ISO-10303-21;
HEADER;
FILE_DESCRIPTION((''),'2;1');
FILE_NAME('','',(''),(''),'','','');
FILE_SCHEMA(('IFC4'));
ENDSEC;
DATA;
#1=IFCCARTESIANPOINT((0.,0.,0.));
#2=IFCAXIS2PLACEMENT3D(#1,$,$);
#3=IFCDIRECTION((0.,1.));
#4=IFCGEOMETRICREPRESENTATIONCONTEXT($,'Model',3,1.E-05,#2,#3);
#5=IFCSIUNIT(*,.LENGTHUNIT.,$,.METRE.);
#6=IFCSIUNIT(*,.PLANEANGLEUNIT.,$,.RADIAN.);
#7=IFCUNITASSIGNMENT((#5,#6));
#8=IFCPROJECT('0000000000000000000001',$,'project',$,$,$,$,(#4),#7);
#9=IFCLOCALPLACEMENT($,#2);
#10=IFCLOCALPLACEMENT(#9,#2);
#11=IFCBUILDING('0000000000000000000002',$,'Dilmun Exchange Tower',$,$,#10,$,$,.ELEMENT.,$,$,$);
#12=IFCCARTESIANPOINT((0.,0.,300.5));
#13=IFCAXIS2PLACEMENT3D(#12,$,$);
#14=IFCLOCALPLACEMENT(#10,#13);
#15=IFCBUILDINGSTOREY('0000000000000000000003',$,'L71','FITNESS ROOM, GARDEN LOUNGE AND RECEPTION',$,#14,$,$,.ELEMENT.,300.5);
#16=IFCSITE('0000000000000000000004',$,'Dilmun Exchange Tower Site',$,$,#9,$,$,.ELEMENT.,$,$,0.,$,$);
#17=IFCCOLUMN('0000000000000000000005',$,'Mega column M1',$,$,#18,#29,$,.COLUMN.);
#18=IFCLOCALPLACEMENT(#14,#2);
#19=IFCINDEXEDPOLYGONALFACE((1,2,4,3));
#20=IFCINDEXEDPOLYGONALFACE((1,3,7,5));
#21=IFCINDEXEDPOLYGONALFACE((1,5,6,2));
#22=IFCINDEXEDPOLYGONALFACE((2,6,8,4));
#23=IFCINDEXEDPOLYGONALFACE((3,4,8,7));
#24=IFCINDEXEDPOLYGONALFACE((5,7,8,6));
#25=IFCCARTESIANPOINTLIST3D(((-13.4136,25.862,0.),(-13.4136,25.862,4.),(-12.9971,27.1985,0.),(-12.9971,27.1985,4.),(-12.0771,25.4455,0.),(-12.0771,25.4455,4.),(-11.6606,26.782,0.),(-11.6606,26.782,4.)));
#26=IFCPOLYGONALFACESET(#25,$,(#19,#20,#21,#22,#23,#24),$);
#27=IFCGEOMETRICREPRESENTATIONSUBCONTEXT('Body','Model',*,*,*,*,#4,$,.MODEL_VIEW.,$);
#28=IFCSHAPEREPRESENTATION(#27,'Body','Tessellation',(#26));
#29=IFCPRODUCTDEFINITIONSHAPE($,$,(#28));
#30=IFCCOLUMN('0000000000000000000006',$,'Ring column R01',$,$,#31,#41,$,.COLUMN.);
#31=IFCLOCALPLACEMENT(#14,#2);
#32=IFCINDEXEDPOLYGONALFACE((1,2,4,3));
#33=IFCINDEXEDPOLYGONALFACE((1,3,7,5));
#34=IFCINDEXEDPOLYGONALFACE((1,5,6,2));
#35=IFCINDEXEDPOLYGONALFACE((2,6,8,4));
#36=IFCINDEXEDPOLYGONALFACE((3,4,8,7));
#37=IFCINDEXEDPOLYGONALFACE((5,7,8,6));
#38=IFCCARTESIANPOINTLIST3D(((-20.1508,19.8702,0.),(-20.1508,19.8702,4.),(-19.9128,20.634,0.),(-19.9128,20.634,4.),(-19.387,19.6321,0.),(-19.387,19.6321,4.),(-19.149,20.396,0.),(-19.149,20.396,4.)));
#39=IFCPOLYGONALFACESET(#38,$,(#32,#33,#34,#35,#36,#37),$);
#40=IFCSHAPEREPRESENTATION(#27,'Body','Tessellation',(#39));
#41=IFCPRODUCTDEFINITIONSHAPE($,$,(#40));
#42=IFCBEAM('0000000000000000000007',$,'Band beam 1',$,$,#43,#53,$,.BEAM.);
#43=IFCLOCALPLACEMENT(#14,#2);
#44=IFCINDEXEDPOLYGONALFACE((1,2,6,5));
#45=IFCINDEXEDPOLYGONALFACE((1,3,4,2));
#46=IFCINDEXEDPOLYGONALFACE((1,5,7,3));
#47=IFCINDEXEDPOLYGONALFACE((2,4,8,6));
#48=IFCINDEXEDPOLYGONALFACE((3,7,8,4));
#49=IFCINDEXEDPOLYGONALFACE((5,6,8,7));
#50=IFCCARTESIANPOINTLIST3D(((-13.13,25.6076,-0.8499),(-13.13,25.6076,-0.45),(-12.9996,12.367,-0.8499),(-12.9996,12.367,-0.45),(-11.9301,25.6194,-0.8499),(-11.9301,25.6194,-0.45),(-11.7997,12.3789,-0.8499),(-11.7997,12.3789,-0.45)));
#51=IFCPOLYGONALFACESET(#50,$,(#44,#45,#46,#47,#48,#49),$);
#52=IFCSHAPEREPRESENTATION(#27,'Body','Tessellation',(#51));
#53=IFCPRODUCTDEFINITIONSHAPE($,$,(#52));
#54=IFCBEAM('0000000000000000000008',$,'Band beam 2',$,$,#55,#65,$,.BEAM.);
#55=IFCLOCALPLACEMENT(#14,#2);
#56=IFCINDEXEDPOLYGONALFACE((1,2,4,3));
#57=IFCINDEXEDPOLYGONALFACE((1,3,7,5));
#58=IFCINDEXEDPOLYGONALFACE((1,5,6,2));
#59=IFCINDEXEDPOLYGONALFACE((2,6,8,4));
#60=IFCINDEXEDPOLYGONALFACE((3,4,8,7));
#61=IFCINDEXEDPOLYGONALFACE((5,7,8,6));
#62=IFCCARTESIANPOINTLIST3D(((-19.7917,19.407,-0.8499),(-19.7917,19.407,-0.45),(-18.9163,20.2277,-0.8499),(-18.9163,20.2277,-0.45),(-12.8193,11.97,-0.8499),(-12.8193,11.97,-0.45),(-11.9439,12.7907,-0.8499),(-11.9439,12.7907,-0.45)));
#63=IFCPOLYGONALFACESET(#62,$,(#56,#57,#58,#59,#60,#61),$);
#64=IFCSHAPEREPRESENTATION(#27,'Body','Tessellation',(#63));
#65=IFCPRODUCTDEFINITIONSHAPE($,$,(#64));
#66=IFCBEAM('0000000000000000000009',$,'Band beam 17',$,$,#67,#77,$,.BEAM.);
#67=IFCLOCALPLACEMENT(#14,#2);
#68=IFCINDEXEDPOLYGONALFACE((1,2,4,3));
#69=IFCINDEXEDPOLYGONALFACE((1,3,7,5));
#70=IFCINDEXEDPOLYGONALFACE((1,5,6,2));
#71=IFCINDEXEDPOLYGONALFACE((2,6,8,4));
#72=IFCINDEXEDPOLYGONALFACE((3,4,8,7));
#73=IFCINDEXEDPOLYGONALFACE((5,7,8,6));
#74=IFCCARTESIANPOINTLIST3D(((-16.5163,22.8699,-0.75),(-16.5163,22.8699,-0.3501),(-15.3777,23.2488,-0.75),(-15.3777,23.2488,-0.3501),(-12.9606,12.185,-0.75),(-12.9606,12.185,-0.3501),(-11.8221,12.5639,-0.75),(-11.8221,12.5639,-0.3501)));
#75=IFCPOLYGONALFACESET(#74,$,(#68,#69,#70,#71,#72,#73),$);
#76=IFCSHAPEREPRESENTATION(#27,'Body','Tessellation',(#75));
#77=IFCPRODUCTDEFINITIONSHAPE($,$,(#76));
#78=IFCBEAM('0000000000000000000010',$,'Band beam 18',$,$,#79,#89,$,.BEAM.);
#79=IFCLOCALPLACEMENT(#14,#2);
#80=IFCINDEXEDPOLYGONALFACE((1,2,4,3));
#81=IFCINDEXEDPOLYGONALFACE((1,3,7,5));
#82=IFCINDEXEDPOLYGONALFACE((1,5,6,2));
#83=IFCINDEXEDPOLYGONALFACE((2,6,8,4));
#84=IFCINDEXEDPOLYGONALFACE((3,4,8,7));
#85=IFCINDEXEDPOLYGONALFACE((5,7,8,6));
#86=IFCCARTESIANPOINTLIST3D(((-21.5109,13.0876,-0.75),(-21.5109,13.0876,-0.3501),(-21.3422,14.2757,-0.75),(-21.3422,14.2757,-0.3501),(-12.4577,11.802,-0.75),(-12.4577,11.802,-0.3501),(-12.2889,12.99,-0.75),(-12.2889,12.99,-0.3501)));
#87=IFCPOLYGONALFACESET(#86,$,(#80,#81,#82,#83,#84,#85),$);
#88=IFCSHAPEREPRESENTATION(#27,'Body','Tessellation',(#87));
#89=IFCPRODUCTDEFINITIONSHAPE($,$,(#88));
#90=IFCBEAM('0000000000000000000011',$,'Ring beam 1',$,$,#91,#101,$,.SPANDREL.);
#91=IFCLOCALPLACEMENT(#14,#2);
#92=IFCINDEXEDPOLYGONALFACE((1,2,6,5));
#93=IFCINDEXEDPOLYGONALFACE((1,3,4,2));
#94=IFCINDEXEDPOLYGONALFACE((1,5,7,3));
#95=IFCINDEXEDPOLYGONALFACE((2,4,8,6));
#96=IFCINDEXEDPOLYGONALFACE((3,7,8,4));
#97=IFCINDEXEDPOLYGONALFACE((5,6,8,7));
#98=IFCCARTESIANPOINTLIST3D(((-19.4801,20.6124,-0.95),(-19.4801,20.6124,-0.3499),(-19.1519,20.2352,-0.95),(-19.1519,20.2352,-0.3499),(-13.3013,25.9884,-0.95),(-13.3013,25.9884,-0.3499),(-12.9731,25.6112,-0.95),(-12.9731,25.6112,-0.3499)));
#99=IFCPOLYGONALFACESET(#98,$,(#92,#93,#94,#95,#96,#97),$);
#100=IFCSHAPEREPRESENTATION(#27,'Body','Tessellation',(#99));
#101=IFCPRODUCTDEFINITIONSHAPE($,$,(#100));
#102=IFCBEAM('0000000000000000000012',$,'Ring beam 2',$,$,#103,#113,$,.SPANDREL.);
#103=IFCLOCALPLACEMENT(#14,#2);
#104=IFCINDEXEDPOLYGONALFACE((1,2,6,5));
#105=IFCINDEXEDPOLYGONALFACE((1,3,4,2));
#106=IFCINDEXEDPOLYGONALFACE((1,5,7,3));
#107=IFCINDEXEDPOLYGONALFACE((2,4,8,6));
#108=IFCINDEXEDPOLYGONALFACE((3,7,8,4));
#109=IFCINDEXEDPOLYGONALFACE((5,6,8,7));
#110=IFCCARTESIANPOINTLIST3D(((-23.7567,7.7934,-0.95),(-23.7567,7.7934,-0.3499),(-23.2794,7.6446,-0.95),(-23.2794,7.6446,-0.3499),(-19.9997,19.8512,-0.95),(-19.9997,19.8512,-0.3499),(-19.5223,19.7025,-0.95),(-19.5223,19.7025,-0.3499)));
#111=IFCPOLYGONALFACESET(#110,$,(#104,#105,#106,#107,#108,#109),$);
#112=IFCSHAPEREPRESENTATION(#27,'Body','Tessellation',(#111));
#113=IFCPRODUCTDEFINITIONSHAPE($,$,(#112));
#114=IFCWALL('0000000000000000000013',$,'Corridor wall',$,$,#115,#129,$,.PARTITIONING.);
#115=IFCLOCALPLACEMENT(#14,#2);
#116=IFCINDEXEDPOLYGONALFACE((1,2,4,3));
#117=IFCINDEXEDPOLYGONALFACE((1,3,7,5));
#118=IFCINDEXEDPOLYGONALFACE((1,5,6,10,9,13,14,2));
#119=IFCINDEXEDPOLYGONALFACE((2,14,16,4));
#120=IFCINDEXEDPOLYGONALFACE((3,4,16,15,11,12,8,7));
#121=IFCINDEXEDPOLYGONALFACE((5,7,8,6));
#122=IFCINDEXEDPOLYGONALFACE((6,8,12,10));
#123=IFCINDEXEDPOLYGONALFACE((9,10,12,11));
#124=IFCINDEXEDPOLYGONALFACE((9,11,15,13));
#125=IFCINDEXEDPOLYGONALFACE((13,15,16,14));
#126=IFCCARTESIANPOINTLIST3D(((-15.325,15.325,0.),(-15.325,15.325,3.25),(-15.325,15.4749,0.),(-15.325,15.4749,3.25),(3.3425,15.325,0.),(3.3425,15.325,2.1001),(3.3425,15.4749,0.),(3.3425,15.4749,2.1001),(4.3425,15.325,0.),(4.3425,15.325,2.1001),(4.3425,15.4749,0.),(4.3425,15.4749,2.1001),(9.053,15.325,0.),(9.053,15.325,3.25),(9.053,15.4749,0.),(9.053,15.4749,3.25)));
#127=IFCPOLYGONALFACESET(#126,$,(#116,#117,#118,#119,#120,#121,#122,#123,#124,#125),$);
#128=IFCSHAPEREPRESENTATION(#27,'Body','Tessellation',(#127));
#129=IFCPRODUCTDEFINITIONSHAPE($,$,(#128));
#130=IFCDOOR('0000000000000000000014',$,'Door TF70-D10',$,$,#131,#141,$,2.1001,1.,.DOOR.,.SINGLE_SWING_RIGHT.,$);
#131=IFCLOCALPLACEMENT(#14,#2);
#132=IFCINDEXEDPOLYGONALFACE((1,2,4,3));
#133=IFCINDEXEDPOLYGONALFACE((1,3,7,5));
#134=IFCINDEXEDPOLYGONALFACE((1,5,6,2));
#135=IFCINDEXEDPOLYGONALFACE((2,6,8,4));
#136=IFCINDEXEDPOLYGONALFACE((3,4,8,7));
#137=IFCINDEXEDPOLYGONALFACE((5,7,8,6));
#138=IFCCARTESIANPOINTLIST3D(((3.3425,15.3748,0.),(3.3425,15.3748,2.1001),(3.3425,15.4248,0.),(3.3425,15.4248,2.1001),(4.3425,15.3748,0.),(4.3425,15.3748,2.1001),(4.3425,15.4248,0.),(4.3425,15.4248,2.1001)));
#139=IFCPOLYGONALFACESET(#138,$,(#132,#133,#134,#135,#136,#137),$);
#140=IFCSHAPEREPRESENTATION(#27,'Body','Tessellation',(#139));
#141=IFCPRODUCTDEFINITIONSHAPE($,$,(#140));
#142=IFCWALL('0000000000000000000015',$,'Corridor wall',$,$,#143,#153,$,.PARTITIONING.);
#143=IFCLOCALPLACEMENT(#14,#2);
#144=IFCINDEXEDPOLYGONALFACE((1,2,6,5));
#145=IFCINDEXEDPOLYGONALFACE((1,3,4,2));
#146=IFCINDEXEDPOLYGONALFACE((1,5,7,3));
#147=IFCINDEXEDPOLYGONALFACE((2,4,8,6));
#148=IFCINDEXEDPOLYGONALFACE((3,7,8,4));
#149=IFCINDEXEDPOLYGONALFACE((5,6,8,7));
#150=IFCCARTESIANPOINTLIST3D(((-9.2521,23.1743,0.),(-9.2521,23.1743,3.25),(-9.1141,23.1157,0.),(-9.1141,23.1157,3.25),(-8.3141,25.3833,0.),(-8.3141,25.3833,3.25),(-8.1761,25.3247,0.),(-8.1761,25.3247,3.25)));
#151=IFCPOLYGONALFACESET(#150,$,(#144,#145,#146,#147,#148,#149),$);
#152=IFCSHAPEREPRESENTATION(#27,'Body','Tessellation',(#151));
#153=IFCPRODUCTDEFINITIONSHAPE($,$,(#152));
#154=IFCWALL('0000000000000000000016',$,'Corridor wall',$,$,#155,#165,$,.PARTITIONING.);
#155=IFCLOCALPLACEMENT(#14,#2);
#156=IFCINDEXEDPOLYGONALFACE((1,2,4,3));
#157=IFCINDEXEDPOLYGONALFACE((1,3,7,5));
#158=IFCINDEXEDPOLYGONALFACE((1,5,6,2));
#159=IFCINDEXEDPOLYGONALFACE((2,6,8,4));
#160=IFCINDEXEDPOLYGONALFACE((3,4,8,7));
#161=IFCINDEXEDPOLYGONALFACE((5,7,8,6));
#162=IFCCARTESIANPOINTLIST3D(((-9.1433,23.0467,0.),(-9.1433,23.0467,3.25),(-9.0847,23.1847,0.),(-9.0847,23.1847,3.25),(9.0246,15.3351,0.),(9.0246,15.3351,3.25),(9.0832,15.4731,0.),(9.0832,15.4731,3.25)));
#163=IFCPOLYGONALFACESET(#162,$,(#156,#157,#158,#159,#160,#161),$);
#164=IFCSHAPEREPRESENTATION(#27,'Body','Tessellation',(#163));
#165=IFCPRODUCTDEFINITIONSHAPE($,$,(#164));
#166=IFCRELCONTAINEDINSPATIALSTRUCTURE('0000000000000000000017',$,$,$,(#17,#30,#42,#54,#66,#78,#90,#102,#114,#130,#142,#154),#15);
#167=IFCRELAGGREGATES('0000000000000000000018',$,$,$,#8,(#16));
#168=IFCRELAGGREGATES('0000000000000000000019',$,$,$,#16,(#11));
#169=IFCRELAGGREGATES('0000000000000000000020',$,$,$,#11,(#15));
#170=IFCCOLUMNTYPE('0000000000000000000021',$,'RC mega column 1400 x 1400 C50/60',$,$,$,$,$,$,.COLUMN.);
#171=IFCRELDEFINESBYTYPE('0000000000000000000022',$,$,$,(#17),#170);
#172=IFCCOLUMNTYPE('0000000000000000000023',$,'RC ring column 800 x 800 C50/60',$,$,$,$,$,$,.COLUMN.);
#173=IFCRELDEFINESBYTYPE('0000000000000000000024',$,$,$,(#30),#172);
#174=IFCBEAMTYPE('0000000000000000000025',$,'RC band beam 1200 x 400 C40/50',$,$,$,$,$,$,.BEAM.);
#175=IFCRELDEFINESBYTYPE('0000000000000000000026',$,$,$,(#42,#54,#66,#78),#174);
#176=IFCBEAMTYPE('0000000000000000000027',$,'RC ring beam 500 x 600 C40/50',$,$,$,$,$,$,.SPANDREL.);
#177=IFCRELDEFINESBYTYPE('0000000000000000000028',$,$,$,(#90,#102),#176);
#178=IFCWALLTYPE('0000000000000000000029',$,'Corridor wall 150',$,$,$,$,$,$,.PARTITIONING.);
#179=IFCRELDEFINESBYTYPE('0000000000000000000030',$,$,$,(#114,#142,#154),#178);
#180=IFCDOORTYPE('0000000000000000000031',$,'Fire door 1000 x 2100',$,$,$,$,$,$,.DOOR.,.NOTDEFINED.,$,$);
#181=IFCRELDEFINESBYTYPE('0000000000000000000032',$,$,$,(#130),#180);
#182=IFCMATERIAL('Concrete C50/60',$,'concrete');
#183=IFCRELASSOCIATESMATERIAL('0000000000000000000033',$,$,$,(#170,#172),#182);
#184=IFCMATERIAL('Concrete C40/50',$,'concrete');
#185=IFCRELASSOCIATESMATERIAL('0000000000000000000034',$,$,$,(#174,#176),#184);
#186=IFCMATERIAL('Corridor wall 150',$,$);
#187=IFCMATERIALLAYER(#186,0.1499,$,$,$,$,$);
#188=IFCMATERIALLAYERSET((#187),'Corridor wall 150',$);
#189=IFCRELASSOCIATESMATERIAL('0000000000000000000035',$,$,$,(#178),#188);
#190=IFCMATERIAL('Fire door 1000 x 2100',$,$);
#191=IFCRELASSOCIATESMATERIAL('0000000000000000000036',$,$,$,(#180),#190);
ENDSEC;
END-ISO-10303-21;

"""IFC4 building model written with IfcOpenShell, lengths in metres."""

from ifc_helpers import new_model, si_unit, direction, frame, frame_2d, origin, origin_2d, place, context, subcontext, project, spatial, rectangle, extrude, material, layer, layer_set, material_profile, profile_set, type_object, element, fill, save


model = new_model("IFC4")

# Units and contexts
model_context = context("Model", 3, precision=1e-05, world=origin(), true_north=direction((0.0, 1.0)))
body_context = subcontext(model_context, "Body", "Model", "MODEL_VIEW")
ifc_project = project(units=[si_unit("LENGTHUNIT", "METRE"), si_unit("PLANEANGLEUNIT", "RADIAN")], contexts=[model_context])

# Site, building, storey
site_placement = place(None, origin())
site = spatial("IfcSite", under=ifc_project, at=site_placement, Name="Dilmun Exchange Tower Site", CompositionType="ELEMENT", RefElevation=0.0)
building_placement = place(site_placement, origin())
building = spatial("IfcBuilding", under=site, at=building_placement, Name="Dilmun Exchange Tower", CompositionType="ELEMENT")
storey_placement = place(building_placement, frame((0.0, 0.0, 300.5)))
storey = spatial("IfcBuildingStorey", under=building, at=storey_placement, Name="L71", Description="FITNESS ROOM, GARDEN LOUNGE AND RECEPTION", CompositionType="ELEMENT", Elevation=300.5)

# Columns
ifc_material_1 = material(Name="Concrete C50/60", Category="concrete")
ifc_material_profile_1 = material_profile(ifc_material_1, rectangle(XDim=1.3999, YDim=1.3999, at=origin_2d()), Name="1400 x 1400")
ifc_profile_set_1 = profile_set([ifc_material_profile_1], Name="Concrete C50/60")
column_type_1 = type_object("IfcColumnType", Name="RC mega column 1400 x 1400 C50/60", PredefinedType="COLUMN", material=ifc_profile_set_1)
column_1_placement = place(storey_placement, frame((-12.5371, 26.322, 0.0), z_axis=(0.0, 0.0, 1.0), x_axis=(0.297503, 0.954721, 0.0)))
element("IfcColumn", 1, at=column_1_placement, inside=storey, type_object=column_type_1, Name="Mega column M1", PredefinedType="COLUMN", context=body_context, shape_type="SweptSolid", body=[
    extrude(rectangle(XDim=1.3999, YDim=1.3999, at=origin_2d()), origin(), (0.0, 0.0, 1.0), 4.0),
])
ifc_material_profile_2 = material_profile(ifc_material_1, rectangle(XDim=0.8, YDim=0.8, at=origin_2d()), Name="800 x 800")
ifc_profile_set_2 = profile_set([ifc_material_profile_2], Name="Concrete C50/60")
column_type_2 = type_object("IfcColumnType", Name="RC ring column 800 x 800 C50/60", PredefinedType="COLUMN", material=ifc_profile_set_2)
column_2_placement = place(storey_placement, frame((-19.6499, 20.1331, 0.0), z_axis=(0.0, 0.0, 1.0), x_axis=(0.297503, 0.954721, 0.0)))
element("IfcColumn", 2, at=column_2_placement, inside=storey, type_object=column_type_2, Name="Ring column R01", PredefinedType="COLUMN", context=body_context, shape_type="SweptSolid", body=[
    extrude(rectangle(XDim=0.8, YDim=0.8, at=origin_2d()), origin(), (0.0, 0.0, 1.0), 4.0),
])

# Beams
ifc_material_2 = material(Name="Concrete C40/50", Category="concrete")
ifc_material_profile_3 = material_profile(ifc_material_2, rectangle(XDim=1.2, YDim=0.3999, at=origin_2d()), Name="1200 x 400")
ifc_profile_set_3 = profile_set([ifc_material_profile_3], Name="Concrete C40/50")
beam_type_1 = type_object("IfcBeamType", Name="RC band beam 1200 x 400 C40/50", PredefinedType="BEAM", material=ifc_profile_set_3)
beam_1_placement = place(storey_placement, frame((-12.53, 25.6135, -0.6499), z_axis=(0.009846, -0.999952, 0.0), x_axis=(0.999952, 0.009846, 0.0)))
element("IfcBeam", 3, at=beam_1_placement, inside=storey, type_object=beam_type_1, Name="Band beam 1", PredefinedType="BEAM", context=body_context, shape_type="SweptSolid", body=[
    extrude(rectangle(XDim=1.2, YDim=0.3999, at=origin_2d()), origin(), (0.0, 0.0, 1.0), 13.2412),
])
beam_2_placement = place(storey_placement, frame((-19.354, 19.8174, -0.6499), z_axis=(0.683952, -0.729527, 0.0), x_axis=(0.729527, 0.683952, 0.0)))
element("IfcBeam", 4, at=beam_2_placement, inside=storey, type_object=beam_type_1, Name="Band beam 2", PredefinedType="BEAM", context=body_context, shape_type="SweptSolid", body=[
    extrude(rectangle(XDim=1.2, YDim=0.3999, at=origin_2d()), origin(), (0.0, 0.0, 1.0), 10.1943),
])
beam_3_placement = place(storey_placement, frame((-15.947, 23.0593, -0.55), z_axis=(0.315753, -0.948841, 0.0), x_axis=(0.948841, 0.315753, 0.0)))
element("IfcBeam", 5, at=beam_3_placement, inside=storey, type_object=beam_type_1, Name="Band beam 17", PredefinedType="BEAM", context=body_context, shape_type="SweptSolid", body=[
    extrude(rectangle(XDim=1.2, YDim=0.3999, at=origin_2d()), origin(), (0.0, 0.0, 1.0), 11.261),
])
beam_4_placement = place(storey_placement, frame((-21.4265, 13.6816, -0.55), z_axis=(0.990067, -0.140599, 0.0), x_axis=(0.140599, 0.990067, 0.0)))
element("IfcBeam", 6, at=beam_4_placement, inside=storey, type_object=beam_type_1, Name="Band beam 18", PredefinedType="BEAM", context=body_context, shape_type="SweptSolid", body=[
    extrude(rectangle(XDim=1.2, YDim=0.3999, at=origin_2d()), origin(), (0.0, 0.0, 1.0), 9.144),
])
ifc_material_profile_4 = material_profile(ifc_material_2, rectangle(XDim=0.5, YDim=0.6001, at=origin_2d()), Name="500 x 600")
ifc_profile_set_4 = profile_set([ifc_material_profile_4], Name="Concrete C40/50")
beam_type_2 = type_object("IfcBeamType", Name="RC ring beam 500 x 600 C40/50", PredefinedType="SPANDREL", material=ifc_profile_set_4)
beam_5_placement = place(storey_placement, frame((-13.1372, 25.7998, -0.6499), z_axis=(-0.754413, -0.6564, 0.0), x_axis=(0.6564, -0.754413, 0.0)))
element("IfcBeam", 7, at=beam_5_placement, inside=storey, type_object=beam_type_2, Name="Ring beam 1", PredefinedType="SPANDREL", context=body_context, shape_type="SweptSolid", body=[
    extrude(rectangle(XDim=0.5, YDim=0.6001, at=origin_2d()), origin(), (0.0, 0.0, 1.0), 8.1902),
])
beam_6_placement = place(storey_placement, frame((-19.761, 19.7769, -0.6499), z_axis=(-0.297481, -0.954728, 0.0), x_axis=(0.954728, -0.297481, 0.0)))
element("IfcBeam", 8, at=beam_6_placement, inside=storey, type_object=beam_type_2, Name="Ring beam 2", PredefinedType="SPANDREL", context=body_context, shape_type="SweptSolid", body=[
    extrude(rectangle(XDim=0.5, YDim=0.6001, at=origin_2d()), origin(), (0.0, 0.0, 1.0), 12.6296),
])

# Wall, opening, door
ifc_material_3 = material(Name="Corridor wall 150")
ifc_layer_1 = layer(ifc_material_3, 0.1499)
ifc_layer_set_1 = layer_set([ifc_layer_1], Name="Corridor wall 150")
wall_type_1 = type_object("IfcWallType", Name="Corridor wall 150", PredefinedType="PARTITIONING", material=ifc_layer_set_1)
wall_1_placement = place(storey_placement, frame((-15.325, 15.3999, 0.0), z_axis=(0.0, 0.0, 1.0), x_axis=(1.0, 0.0, 0.0)))
wall_1 = element("IfcWall", 9, at=wall_1_placement, inside=storey, type_object=wall_type_1, Name="Corridor wall", PredefinedType="PARTITIONING", context=body_context, shape_type="SweptSolid", body=[
    extrude(rectangle(XDim=24.3779, YDim=0.1499, at=frame_2d((12.189, 0.0))), origin(), (0.0, 0.0, 1.0), 3.25),
])
opening_1_placement = place(wall_1_placement, frame((18.6675, 0.0, 0.0)))
opening_1 = element("IfcOpeningElement", 10, at=opening_1_placement, cuts=wall_1, PredefinedType="OPENING", context=body_context, shape_type="SweptSolid", body=[
    extrude(rectangle(XDim=1.0, YDim=2.1001, at=frame_2d((0.5, 1.05))), frame((0.0, 0.085, 0.0), z_axis=(0.0, -1.0, 0.0), x_axis=(1.0, 0.0, 0.0)), (0.0, 0.0, 1.0), 0.1699),
])
ifc_material_4 = material(Name="Fire door 1000 x 2100")
door_type_1 = type_object("IfcDoorType", Name="Fire door 1000 x 2100", OperationType="NOTDEFINED", PredefinedType="DOOR", material=ifc_material_4)
door_1_placement = place(opening_1_placement, origin())
door_1 = element("IfcDoor", 11, at=door_1_placement, inside=storey, type_object=door_type_1, Name="Door TF70-D10", OperationType="SINGLE_SWING_RIGHT", OverallHeight=2.1001, OverallWidth=1.0, PredefinedType="DOOR", context=body_context, shape_type="SweptSolid", body=[
    extrude(rectangle(XDim=1.0, YDim=2.1001, at=frame_2d((0.5, 1.05))), frame((0.0, 0.0249, 0.0), z_axis=(0.0, -1.0, 0.0), x_axis=(1.0, 0.0, 0.0)), (0.0, 0.0, 1.0), 0.05),
])
fill(opening_1, door_1)

# Walls
wall_2_placement = place(storey_placement, frame((-9.1831, 23.145, 0.0), z_axis=(0.0, 0.0, 1.0), x_axis=(0.390848, 0.920455, 0.0)))
element("IfcWall", 12, at=wall_2_placement, inside=storey, type_object=wall_type_1, Name="Corridor wall", PredefinedType="PARTITIONING", context=body_context, shape_type="SweptSolid", body=[
    extrude(rectangle(XDim=2.3999, YDim=0.1499, at=frame_2d((1.2, 0.0))), origin(), (0.0, 0.0, 1.0), 3.25),
])
wall_3_placement = place(storey_placement, frame((-9.114, 23.1157, 0.0), z_axis=(0.0, 0.0, 1.0), x_axis=(0.920508, -0.390724, 0.0)))
element("IfcWall", 13, at=wall_3_placement, inside=storey, type_object=wall_type_1, Name="Corridor wall", PredefinedType="PARTITIONING", context=body_context, shape_type="SweptSolid", body=[
    extrude(rectangle(XDim=19.7368, YDim=0.1499, at=frame_2d((9.8684, 0.0))), origin(), (0.0, 0.0, 1.0), 3.25),
])

save(model, "model.ifc")
